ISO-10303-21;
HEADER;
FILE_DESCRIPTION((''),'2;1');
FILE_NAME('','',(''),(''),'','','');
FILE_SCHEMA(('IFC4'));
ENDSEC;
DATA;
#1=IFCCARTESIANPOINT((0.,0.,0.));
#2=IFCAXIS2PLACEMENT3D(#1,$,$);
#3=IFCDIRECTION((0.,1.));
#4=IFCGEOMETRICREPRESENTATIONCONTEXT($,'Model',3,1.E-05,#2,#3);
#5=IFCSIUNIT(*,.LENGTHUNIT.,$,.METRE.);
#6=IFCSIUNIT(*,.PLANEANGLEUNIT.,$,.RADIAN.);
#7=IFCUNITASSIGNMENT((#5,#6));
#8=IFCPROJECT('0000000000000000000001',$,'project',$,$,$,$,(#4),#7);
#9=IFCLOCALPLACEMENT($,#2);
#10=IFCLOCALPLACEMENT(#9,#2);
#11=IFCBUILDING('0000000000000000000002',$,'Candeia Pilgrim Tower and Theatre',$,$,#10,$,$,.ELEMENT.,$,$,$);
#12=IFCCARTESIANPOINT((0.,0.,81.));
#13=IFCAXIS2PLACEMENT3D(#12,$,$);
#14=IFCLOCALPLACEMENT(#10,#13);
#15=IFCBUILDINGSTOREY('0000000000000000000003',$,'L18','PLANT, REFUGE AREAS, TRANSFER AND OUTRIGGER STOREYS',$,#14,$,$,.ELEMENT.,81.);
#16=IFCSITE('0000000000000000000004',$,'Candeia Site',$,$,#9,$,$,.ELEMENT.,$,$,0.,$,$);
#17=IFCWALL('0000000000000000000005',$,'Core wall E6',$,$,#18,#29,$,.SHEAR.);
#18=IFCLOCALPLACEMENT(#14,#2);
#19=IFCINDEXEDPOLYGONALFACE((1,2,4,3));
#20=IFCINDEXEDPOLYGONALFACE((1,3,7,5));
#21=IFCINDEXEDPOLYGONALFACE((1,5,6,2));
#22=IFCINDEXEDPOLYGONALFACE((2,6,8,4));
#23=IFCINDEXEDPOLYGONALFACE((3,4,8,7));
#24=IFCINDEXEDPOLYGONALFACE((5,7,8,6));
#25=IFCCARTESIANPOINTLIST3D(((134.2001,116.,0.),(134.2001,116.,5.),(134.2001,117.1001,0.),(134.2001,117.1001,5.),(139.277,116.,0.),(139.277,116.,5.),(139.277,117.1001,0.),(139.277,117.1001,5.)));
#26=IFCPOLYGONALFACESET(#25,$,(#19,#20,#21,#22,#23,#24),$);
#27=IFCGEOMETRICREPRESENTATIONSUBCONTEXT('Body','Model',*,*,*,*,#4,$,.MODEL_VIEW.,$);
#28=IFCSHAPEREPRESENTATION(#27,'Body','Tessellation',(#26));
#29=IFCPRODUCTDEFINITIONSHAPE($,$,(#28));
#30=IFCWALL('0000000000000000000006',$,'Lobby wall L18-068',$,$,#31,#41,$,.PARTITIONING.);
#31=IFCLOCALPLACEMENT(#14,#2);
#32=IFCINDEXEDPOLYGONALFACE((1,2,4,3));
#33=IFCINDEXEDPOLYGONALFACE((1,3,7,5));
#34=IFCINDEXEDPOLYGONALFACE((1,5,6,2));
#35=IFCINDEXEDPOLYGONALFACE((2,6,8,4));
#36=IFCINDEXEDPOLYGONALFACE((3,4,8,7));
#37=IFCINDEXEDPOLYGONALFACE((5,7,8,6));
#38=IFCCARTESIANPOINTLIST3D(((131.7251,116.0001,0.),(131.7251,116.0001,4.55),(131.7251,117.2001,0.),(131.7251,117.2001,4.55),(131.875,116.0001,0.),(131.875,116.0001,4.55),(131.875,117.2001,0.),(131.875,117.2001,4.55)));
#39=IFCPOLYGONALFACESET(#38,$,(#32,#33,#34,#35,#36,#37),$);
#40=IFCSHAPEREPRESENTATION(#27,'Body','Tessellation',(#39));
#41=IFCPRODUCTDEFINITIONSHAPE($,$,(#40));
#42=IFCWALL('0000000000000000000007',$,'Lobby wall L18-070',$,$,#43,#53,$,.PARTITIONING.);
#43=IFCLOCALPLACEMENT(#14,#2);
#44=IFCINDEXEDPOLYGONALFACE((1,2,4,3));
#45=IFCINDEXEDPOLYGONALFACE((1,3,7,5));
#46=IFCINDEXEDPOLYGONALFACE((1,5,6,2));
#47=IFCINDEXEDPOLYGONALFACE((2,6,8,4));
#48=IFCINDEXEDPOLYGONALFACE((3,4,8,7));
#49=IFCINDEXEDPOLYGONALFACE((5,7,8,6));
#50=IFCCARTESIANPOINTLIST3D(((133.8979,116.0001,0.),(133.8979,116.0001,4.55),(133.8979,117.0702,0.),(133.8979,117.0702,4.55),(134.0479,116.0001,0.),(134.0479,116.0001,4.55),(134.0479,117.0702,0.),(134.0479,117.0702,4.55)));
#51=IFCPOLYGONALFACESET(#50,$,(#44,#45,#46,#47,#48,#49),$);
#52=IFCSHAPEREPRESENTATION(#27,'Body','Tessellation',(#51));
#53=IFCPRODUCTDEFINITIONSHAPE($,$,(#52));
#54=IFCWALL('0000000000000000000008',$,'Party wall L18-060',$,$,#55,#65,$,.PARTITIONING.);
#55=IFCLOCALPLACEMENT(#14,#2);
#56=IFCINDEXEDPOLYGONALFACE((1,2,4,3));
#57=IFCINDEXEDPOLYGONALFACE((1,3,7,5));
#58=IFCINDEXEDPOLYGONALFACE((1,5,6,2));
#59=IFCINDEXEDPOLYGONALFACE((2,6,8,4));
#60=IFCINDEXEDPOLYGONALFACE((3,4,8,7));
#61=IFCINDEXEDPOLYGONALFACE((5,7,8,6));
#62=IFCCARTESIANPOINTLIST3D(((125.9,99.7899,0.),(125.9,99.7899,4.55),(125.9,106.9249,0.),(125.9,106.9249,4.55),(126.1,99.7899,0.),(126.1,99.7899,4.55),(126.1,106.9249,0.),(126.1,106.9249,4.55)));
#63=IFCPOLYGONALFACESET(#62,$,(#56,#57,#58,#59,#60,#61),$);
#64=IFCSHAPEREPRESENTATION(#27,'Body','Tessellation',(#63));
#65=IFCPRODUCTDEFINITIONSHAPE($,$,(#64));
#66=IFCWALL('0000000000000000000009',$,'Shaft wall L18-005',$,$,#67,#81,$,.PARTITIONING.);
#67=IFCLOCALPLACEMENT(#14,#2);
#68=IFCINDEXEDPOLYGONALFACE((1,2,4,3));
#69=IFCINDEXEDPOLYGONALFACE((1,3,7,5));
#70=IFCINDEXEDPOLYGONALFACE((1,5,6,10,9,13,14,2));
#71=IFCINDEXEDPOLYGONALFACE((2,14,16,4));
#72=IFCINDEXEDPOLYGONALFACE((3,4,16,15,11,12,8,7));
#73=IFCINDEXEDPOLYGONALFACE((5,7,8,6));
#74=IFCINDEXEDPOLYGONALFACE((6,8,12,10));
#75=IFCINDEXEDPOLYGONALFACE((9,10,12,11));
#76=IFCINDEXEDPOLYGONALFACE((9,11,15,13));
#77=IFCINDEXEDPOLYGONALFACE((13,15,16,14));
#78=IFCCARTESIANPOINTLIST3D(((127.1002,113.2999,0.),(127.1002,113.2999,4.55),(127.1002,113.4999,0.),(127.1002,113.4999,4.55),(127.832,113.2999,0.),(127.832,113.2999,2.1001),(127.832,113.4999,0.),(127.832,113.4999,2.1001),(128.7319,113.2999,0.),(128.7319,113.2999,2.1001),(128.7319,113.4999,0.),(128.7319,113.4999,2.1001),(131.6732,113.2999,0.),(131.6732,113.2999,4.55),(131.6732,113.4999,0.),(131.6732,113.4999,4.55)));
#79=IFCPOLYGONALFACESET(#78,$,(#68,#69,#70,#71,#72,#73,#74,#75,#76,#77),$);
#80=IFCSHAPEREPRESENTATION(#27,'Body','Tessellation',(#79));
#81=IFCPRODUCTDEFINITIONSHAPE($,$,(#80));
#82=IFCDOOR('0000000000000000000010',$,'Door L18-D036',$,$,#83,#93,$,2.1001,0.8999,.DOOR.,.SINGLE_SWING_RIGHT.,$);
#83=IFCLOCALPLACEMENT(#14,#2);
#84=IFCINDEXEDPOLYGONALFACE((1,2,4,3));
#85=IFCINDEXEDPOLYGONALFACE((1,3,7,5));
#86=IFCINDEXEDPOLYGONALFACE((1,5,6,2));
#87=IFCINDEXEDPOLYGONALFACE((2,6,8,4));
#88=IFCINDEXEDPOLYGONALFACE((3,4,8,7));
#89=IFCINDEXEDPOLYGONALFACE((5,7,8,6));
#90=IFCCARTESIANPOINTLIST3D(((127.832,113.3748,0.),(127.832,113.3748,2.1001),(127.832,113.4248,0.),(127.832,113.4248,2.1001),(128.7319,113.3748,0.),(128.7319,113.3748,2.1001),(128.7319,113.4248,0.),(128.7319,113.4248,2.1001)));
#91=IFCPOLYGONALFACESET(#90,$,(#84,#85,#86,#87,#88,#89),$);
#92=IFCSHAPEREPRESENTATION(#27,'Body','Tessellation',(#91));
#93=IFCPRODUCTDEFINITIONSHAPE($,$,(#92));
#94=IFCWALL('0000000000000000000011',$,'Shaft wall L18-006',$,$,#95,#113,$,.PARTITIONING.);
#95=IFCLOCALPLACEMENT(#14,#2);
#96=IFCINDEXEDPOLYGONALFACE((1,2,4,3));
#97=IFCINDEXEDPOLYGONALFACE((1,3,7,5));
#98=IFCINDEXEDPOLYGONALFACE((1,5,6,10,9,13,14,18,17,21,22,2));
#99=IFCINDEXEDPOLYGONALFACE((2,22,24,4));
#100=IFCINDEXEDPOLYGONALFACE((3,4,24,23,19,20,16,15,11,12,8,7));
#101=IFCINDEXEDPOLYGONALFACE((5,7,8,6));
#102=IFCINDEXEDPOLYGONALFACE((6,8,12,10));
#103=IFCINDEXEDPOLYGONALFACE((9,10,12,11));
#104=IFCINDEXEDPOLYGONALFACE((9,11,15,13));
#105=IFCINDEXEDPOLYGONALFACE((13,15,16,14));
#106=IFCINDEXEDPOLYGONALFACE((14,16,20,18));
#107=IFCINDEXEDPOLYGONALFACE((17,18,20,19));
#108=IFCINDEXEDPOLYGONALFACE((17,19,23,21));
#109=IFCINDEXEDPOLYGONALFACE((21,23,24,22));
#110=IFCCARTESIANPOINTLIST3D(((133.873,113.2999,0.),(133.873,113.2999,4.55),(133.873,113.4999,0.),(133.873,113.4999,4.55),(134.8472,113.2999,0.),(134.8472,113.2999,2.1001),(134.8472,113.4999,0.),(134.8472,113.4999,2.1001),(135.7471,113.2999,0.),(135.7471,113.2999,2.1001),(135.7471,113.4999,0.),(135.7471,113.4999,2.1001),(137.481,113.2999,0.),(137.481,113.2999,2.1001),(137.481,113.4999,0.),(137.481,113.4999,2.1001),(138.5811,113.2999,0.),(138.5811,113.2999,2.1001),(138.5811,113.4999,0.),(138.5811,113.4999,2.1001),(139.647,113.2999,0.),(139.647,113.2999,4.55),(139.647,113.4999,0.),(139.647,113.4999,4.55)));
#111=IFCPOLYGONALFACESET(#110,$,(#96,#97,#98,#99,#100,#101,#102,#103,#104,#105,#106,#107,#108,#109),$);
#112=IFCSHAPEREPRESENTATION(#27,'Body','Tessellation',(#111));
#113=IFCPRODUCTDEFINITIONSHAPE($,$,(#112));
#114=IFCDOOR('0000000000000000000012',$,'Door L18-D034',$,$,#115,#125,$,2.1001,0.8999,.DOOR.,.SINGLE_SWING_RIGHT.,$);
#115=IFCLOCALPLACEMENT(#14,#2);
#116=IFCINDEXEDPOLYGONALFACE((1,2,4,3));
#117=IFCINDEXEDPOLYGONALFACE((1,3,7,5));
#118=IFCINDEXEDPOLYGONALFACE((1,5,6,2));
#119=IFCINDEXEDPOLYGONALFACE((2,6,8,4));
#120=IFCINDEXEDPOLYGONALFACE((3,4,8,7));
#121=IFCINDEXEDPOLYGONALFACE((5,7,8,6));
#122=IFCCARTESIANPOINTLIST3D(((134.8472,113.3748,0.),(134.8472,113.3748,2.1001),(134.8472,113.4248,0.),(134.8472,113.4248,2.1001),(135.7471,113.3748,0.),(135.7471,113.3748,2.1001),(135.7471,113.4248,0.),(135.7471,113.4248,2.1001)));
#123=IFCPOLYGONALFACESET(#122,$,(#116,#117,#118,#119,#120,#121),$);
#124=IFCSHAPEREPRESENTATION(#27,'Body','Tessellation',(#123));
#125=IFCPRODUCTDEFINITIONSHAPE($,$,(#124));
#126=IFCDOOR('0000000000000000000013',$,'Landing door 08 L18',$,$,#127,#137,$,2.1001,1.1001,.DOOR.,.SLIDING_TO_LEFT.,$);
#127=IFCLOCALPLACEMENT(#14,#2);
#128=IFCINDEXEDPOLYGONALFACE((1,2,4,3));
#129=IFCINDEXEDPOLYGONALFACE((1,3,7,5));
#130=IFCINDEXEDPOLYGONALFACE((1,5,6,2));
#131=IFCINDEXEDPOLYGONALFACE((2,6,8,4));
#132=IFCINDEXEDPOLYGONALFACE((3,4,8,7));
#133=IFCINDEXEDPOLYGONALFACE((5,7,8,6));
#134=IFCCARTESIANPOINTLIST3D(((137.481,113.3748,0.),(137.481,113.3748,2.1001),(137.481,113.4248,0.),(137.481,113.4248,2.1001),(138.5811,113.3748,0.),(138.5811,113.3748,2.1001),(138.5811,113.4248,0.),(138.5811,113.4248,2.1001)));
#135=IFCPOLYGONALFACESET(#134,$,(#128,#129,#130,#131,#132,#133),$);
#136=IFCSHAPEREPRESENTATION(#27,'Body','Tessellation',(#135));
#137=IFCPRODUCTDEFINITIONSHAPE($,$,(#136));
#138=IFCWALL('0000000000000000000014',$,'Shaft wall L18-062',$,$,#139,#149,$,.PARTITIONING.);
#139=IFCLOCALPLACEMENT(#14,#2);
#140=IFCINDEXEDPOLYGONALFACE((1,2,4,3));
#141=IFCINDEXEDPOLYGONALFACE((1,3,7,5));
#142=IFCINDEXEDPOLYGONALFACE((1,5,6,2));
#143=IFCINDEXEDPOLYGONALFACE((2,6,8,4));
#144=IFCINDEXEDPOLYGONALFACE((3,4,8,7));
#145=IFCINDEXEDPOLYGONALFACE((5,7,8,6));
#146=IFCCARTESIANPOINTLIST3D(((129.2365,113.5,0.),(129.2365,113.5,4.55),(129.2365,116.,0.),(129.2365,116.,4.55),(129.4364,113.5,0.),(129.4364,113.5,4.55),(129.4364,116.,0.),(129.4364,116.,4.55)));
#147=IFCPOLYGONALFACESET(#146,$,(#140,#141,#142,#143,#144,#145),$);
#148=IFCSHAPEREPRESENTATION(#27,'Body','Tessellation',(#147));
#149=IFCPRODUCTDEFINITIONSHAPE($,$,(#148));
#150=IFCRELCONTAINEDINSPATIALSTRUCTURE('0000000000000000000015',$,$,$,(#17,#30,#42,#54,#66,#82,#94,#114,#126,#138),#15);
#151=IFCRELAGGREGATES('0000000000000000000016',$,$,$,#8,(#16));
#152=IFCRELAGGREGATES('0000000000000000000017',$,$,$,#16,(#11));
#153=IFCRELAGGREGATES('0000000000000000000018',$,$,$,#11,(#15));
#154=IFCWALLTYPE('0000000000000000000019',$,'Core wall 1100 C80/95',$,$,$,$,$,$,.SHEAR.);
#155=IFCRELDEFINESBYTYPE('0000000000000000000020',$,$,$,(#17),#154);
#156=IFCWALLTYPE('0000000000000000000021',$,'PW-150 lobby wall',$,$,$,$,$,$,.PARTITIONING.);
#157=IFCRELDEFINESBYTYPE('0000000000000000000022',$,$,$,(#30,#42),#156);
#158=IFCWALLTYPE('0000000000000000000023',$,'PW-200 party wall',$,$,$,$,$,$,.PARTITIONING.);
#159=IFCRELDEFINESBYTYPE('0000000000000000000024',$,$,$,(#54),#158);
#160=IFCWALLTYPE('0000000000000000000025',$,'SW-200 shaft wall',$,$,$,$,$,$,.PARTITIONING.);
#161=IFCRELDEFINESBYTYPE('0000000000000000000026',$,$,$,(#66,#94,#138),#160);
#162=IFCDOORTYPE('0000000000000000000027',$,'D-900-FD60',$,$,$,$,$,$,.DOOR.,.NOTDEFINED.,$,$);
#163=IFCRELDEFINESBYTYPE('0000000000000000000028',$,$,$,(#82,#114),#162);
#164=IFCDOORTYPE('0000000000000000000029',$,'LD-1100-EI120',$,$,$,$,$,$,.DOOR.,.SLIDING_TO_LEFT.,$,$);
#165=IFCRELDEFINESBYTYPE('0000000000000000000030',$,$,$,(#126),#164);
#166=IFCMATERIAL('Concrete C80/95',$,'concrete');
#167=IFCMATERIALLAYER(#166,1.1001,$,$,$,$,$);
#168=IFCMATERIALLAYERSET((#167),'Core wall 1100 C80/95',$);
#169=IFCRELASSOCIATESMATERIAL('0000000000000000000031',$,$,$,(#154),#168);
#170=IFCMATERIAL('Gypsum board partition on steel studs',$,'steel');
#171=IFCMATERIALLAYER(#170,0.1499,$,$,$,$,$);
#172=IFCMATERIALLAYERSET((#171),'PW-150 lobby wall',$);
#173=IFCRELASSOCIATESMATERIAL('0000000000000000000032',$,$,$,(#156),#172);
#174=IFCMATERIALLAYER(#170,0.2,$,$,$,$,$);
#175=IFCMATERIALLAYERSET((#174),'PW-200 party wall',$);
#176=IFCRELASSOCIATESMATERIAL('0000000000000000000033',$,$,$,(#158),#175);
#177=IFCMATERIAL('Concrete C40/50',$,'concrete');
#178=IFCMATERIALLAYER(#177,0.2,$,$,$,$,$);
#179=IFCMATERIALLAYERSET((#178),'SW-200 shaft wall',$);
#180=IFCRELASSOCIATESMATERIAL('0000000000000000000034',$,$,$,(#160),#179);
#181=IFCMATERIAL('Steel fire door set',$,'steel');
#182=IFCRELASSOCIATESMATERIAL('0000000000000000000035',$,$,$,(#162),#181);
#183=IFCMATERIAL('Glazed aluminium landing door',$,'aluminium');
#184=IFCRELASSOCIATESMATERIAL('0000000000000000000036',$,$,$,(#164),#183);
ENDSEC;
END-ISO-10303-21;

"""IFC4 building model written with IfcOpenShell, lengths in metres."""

from ifc_helpers import new_model, si_unit, direction, frame, frame_2d, origin, place, context, subcontext, project, spatial, rectangle, extrude, material, layer, layer_set, type_object, element, fill, save


model = new_model("IFC4")

# Units and contexts
model_context = context("Model", 3, precision=1e-05, world=origin(), true_north=direction((0.0, 1.0)))
body_context = subcontext(model_context, "Body", "Model", "MODEL_VIEW")
ifc_project = project(units=[si_unit("LENGTHUNIT", "METRE"), si_unit("PLANEANGLEUNIT", "RADIAN")], contexts=[model_context])

# Site, building, storey
site_placement = place(None, origin())
site = spatial("IfcSite", under=ifc_project, at=site_placement, Name="Candeia Site", CompositionType="ELEMENT", RefElevation=0.0)
building_placement = place(site_placement, origin())
building = spatial("IfcBuilding", under=site, at=building_placement, Name="Candeia Pilgrim Tower and Theatre", CompositionType="ELEMENT")
storey_placement = place(building_placement, frame((0.0, 0.0, 81.0)))
storey = spatial("IfcBuildingStorey", under=building, at=storey_placement, Name="L18", Description="PLANT, REFUGE AREAS, TRANSFER AND OUTRIGGER STOREYS", CompositionType="ELEMENT", Elevation=81.0)

# Shared definitions
ifc_material_1 = material(Name="Concrete C80/95", Category="concrete")

# Shared definitions
ifc_layer_1 = layer(ifc_material_1, 1.1001)
ifc_layer_set_1 = layer_set([ifc_layer_1], Name="Core wall 1100 C80/95")
wall_type_1 = type_object("IfcWallType", Name="Core wall 1100 C80/95", PredefinedType="SHEAR", material=ifc_layer_set_1)
ifc_material_2 = material(Name="Steel fire door set", Category="steel")

# Walls
wall_1_placement = place(storey_placement, frame((134.2, 116.55, 0.0), z_axis=(0.0, 0.0, 1.0), x_axis=(1.0, 0.0, 0.0)))
element("IfcWall", 1, at=wall_1_placement, inside=storey, type_object=wall_type_1, Name="Core wall E6", PredefinedType="SHEAR", context=body_context, shape_type="SweptSolid", body=[
    extrude(rectangle(XDim=5.0769, YDim=1.1001, at=frame_2d((2.5386, 0.0))), origin(), (0.0, 0.0, 1.0), 5.0),
])
ifc_material_3 = material(Name="Gypsum board partition on steel studs", Category="steel")
ifc_layer_2 = layer(ifc_material_3, 0.1499)
ifc_layer_set_2 = layer_set([ifc_layer_2], Name="PW-150 lobby wall")
wall_type_2 = type_object("IfcWallType", Name="PW-150 lobby wall", PredefinedType="PARTITIONING", material=ifc_layer_set_2)
wall_2_placement = place(storey_placement, frame((131.8, 116.0, 0.0), z_axis=(0.0, 0.0, 1.0), x_axis=(0.0, 1.0, 0.0)))
element("IfcWall", 2, at=wall_2_placement, inside=storey, type_object=wall_type_2, Name="Lobby wall L18-068", PredefinedType="PARTITIONING", context=body_context, shape_type="SweptSolid", body=[
    extrude(rectangle(XDim=1.2, YDim=0.1499, at=frame_2d((0.6001, 0.0))), origin(), (0.0, 0.0, 1.0), 4.55),
])
wall_3_placement = place(storey_placement, frame((133.9729, 116.0, 0.0), z_axis=(0.0, 0.0, 1.0), x_axis=(0.0, 1.0, 0.0)))
element("IfcWall", 3, at=wall_3_placement, inside=storey, type_object=wall_type_2, Name="Lobby wall L18-070", PredefinedType="PARTITIONING", context=body_context, shape_type="SweptSolid", body=[
    extrude(rectangle(XDim=1.0701, YDim=0.1499, at=frame_2d((0.5352, 0.0))), origin(), (0.0, 0.0, 1.0), 4.55),
])
ifc_layer_3 = layer(ifc_material_3, 0.2)
ifc_layer_set_3 = layer_set([ifc_layer_3], Name="PW-200 party wall")
wall_type_3 = type_object("IfcWallType", Name="PW-200 party wall", PredefinedType="PARTITIONING", material=ifc_layer_set_3)
wall_4_placement = place(storey_placement, frame((126.0, 99.79, 0.0), z_axis=(0.0, 0.0, 1.0), x_axis=(0.0, 1.0, 0.0)))
element("IfcWall", 4, at=wall_4_placement, inside=storey, type_object=wall_type_3, Name="Party wall L18-060", PredefinedType="PARTITIONING", context=body_context, shape_type="SweptSolid", body=[
    extrude(rectangle(XDim=7.135, YDim=0.2, at=frame_2d((3.5674, 0.0))), origin(), (0.0, 0.0, 1.0), 4.55),
])

# Wall, opening, door
ifc_material_4 = material(Name="Concrete C40/50", Category="concrete")
ifc_layer_4 = layer(ifc_material_4, 0.2)
ifc_layer_set_4 = layer_set([ifc_layer_4], Name="SW-200 shaft wall")
wall_type_4 = type_object("IfcWallType", Name="SW-200 shaft wall", PredefinedType="PARTITIONING", material=ifc_layer_set_4)
wall_5_placement = place(storey_placement, frame((127.1001, 113.3999, 0.0), z_axis=(0.0, 0.0, 1.0), x_axis=(1.0, 0.0, 0.0)))
wall_5 = element("IfcWall", 5, at=wall_5_placement, inside=storey, type_object=wall_type_4, Name="Shaft wall L18-005", PredefinedType="PARTITIONING", context=body_context, shape_type="SweptSolid", body=[
    extrude(rectangle(XDim=4.573, YDim=0.2, at=frame_2d((2.2866, 0.0))), origin(), (0.0, 0.0, 1.0), 4.55),
])
opening_1_placement = place(wall_5_placement, frame((0.7319, 0.0, 0.0)))
opening_1 = element("IfcOpeningElement", 6, at=opening_1_placement, cuts=wall_5, PredefinedType="OPENING", context=body_context, shape_type="SweptSolid", body=[
    extrude(rectangle(XDim=0.8999, YDim=2.1001, at=frame_2d((0.45, 1.05))), frame((0.0, 0.1099, 0.0), z_axis=(0.0, -1.0, 0.0), x_axis=(1.0, 0.0, 0.0)), (0.0, 0.0, 1.0), 0.22),
])
door_type_1 = type_object("IfcDoorType", Name="D-900-FD60", OperationType="NOTDEFINED", PredefinedType="DOOR", material=ifc_material_2)
door_1_placement = place(opening_1_placement, origin())
door_1 = element("IfcDoor", 7, at=door_1_placement, inside=storey, type_object=door_type_1, Name="Door L18-D036", OperationType="SINGLE_SWING_RIGHT", OverallHeight=2.1001, OverallWidth=0.8999, PredefinedType="DOOR", context=body_context, shape_type="SweptSolid", body=[
    extrude(rectangle(XDim=0.8999, YDim=2.1001, at=frame_2d((0.45, 1.05))), frame((0.0, 0.0249, 0.0), z_axis=(0.0, -1.0, 0.0), x_axis=(1.0, 0.0, 0.0)), (0.0, 0.0, 1.0), 0.05),
])
fill(opening_1, door_1)

# Wall, openings, doors
wall_6_placement = place(storey_placement, frame((133.873, 113.3999, 0.0), z_axis=(0.0, 0.0, 1.0), x_axis=(1.0, 0.0, 0.0)))
wall_6 = element("IfcWall", 8, at=wall_6_placement, inside=storey, type_object=wall_type_4, Name="Shaft wall L18-006", PredefinedType="PARTITIONING", context=body_context, shape_type="SweptSolid", body=[
    extrude(rectangle(XDim=5.7739, YDim=0.2, at=frame_2d((2.887, 0.0))), origin(), (0.0, 0.0, 1.0), 4.55),
])
opening_2_placement = place(wall_6_placement, frame((3.6079, 0.0, 0.0)))
opening_2 = element("IfcOpeningElement", 9, at=opening_2_placement, cuts=wall_6, PredefinedType="OPENING", context=body_context, shape_type="SweptSolid", body=[
    extrude(rectangle(XDim=1.1001, YDim=2.1001, at=frame_2d((0.55, 1.05))), frame((0.0, 0.1099, 0.0), z_axis=(0.0, -1.0, 0.0), x_axis=(1.0, 0.0, 0.0)), (0.0, 0.0, 1.0), 0.22),
])
opening_3_placement = place(wall_6_placement, frame((0.9741, 0.0, 0.0)))
opening_3 = element("IfcOpeningElement", 10, at=opening_3_placement, cuts=wall_6, PredefinedType="OPENING", context=body_context, shape_type="SweptSolid", body=[
    extrude(rectangle(XDim=0.8999, YDim=2.1001, at=frame_2d((0.45, 1.05))), frame((0.0, 0.1099, 0.0), z_axis=(0.0, -1.0, 0.0), x_axis=(1.0, 0.0, 0.0)), (0.0, 0.0, 1.0), 0.22),
])
door_2_placement = place(opening_3_placement, origin())
door_2 = element("IfcDoor", 11, at=door_2_placement, inside=storey, type_object=door_type_1, Name="Door L18-D034", OperationType="SINGLE_SWING_RIGHT", OverallHeight=2.1001, OverallWidth=0.8999, PredefinedType="DOOR", context=body_context, shape_type="SweptSolid", body=[
    extrude(rectangle(XDim=0.8999, YDim=2.1001, at=frame_2d((0.45, 1.05))), frame((0.0, 0.0249, 0.0), z_axis=(0.0, -1.0, 0.0), x_axis=(1.0, 0.0, 0.0)), (0.0, 0.0, 1.0), 0.05),
])
fill(opening_3, door_2)
ifc_material_5 = material(Name="Glazed aluminium landing door", Category="aluminium")
door_type_2 = type_object("IfcDoorType", Name="LD-1100-EI120", OperationType="SLIDING_TO_LEFT", PredefinedType="DOOR", material=ifc_material_5)
door_3_placement = place(opening_2_placement, origin())
door_3 = element("IfcDoor", 12, at=door_3_placement, inside=storey, type_object=door_type_2, Name="Landing door 08 L18", OperationType="SLIDING_TO_LEFT", OverallHeight=2.1001, OverallWidth=1.1001, PredefinedType="DOOR", context=body_context, shape_type="SweptSolid", body=[
    extrude(rectangle(XDim=1.1001, YDim=2.1001, at=frame_2d((0.55, 1.05))), frame((0.0, 0.0249, 0.0), z_axis=(0.0, -1.0, 0.0), x_axis=(1.0, 0.0, 0.0)), (0.0, 0.0, 1.0), 0.05),
])
fill(opening_2, door_3)

# Wall
wall_7_placement = place(storey_placement, frame((129.3364, 113.5, 0.0), z_axis=(0.0, 0.0, 1.0), x_axis=(0.0, 1.0, 0.0)))
element("IfcWall", 13, at=wall_7_placement, inside=storey, type_object=wall_type_4, Name="Shaft wall L18-062", PredefinedType="PARTITIONING", context=body_context, shape_type="SweptSolid", body=[
    extrude(rectangle(XDim=2.5, YDim=0.2, at=frame_2d((1.25, 0.0))), origin(), (0.0, 0.0, 1.0), 4.55),
])

save(model, "model.ifc")
